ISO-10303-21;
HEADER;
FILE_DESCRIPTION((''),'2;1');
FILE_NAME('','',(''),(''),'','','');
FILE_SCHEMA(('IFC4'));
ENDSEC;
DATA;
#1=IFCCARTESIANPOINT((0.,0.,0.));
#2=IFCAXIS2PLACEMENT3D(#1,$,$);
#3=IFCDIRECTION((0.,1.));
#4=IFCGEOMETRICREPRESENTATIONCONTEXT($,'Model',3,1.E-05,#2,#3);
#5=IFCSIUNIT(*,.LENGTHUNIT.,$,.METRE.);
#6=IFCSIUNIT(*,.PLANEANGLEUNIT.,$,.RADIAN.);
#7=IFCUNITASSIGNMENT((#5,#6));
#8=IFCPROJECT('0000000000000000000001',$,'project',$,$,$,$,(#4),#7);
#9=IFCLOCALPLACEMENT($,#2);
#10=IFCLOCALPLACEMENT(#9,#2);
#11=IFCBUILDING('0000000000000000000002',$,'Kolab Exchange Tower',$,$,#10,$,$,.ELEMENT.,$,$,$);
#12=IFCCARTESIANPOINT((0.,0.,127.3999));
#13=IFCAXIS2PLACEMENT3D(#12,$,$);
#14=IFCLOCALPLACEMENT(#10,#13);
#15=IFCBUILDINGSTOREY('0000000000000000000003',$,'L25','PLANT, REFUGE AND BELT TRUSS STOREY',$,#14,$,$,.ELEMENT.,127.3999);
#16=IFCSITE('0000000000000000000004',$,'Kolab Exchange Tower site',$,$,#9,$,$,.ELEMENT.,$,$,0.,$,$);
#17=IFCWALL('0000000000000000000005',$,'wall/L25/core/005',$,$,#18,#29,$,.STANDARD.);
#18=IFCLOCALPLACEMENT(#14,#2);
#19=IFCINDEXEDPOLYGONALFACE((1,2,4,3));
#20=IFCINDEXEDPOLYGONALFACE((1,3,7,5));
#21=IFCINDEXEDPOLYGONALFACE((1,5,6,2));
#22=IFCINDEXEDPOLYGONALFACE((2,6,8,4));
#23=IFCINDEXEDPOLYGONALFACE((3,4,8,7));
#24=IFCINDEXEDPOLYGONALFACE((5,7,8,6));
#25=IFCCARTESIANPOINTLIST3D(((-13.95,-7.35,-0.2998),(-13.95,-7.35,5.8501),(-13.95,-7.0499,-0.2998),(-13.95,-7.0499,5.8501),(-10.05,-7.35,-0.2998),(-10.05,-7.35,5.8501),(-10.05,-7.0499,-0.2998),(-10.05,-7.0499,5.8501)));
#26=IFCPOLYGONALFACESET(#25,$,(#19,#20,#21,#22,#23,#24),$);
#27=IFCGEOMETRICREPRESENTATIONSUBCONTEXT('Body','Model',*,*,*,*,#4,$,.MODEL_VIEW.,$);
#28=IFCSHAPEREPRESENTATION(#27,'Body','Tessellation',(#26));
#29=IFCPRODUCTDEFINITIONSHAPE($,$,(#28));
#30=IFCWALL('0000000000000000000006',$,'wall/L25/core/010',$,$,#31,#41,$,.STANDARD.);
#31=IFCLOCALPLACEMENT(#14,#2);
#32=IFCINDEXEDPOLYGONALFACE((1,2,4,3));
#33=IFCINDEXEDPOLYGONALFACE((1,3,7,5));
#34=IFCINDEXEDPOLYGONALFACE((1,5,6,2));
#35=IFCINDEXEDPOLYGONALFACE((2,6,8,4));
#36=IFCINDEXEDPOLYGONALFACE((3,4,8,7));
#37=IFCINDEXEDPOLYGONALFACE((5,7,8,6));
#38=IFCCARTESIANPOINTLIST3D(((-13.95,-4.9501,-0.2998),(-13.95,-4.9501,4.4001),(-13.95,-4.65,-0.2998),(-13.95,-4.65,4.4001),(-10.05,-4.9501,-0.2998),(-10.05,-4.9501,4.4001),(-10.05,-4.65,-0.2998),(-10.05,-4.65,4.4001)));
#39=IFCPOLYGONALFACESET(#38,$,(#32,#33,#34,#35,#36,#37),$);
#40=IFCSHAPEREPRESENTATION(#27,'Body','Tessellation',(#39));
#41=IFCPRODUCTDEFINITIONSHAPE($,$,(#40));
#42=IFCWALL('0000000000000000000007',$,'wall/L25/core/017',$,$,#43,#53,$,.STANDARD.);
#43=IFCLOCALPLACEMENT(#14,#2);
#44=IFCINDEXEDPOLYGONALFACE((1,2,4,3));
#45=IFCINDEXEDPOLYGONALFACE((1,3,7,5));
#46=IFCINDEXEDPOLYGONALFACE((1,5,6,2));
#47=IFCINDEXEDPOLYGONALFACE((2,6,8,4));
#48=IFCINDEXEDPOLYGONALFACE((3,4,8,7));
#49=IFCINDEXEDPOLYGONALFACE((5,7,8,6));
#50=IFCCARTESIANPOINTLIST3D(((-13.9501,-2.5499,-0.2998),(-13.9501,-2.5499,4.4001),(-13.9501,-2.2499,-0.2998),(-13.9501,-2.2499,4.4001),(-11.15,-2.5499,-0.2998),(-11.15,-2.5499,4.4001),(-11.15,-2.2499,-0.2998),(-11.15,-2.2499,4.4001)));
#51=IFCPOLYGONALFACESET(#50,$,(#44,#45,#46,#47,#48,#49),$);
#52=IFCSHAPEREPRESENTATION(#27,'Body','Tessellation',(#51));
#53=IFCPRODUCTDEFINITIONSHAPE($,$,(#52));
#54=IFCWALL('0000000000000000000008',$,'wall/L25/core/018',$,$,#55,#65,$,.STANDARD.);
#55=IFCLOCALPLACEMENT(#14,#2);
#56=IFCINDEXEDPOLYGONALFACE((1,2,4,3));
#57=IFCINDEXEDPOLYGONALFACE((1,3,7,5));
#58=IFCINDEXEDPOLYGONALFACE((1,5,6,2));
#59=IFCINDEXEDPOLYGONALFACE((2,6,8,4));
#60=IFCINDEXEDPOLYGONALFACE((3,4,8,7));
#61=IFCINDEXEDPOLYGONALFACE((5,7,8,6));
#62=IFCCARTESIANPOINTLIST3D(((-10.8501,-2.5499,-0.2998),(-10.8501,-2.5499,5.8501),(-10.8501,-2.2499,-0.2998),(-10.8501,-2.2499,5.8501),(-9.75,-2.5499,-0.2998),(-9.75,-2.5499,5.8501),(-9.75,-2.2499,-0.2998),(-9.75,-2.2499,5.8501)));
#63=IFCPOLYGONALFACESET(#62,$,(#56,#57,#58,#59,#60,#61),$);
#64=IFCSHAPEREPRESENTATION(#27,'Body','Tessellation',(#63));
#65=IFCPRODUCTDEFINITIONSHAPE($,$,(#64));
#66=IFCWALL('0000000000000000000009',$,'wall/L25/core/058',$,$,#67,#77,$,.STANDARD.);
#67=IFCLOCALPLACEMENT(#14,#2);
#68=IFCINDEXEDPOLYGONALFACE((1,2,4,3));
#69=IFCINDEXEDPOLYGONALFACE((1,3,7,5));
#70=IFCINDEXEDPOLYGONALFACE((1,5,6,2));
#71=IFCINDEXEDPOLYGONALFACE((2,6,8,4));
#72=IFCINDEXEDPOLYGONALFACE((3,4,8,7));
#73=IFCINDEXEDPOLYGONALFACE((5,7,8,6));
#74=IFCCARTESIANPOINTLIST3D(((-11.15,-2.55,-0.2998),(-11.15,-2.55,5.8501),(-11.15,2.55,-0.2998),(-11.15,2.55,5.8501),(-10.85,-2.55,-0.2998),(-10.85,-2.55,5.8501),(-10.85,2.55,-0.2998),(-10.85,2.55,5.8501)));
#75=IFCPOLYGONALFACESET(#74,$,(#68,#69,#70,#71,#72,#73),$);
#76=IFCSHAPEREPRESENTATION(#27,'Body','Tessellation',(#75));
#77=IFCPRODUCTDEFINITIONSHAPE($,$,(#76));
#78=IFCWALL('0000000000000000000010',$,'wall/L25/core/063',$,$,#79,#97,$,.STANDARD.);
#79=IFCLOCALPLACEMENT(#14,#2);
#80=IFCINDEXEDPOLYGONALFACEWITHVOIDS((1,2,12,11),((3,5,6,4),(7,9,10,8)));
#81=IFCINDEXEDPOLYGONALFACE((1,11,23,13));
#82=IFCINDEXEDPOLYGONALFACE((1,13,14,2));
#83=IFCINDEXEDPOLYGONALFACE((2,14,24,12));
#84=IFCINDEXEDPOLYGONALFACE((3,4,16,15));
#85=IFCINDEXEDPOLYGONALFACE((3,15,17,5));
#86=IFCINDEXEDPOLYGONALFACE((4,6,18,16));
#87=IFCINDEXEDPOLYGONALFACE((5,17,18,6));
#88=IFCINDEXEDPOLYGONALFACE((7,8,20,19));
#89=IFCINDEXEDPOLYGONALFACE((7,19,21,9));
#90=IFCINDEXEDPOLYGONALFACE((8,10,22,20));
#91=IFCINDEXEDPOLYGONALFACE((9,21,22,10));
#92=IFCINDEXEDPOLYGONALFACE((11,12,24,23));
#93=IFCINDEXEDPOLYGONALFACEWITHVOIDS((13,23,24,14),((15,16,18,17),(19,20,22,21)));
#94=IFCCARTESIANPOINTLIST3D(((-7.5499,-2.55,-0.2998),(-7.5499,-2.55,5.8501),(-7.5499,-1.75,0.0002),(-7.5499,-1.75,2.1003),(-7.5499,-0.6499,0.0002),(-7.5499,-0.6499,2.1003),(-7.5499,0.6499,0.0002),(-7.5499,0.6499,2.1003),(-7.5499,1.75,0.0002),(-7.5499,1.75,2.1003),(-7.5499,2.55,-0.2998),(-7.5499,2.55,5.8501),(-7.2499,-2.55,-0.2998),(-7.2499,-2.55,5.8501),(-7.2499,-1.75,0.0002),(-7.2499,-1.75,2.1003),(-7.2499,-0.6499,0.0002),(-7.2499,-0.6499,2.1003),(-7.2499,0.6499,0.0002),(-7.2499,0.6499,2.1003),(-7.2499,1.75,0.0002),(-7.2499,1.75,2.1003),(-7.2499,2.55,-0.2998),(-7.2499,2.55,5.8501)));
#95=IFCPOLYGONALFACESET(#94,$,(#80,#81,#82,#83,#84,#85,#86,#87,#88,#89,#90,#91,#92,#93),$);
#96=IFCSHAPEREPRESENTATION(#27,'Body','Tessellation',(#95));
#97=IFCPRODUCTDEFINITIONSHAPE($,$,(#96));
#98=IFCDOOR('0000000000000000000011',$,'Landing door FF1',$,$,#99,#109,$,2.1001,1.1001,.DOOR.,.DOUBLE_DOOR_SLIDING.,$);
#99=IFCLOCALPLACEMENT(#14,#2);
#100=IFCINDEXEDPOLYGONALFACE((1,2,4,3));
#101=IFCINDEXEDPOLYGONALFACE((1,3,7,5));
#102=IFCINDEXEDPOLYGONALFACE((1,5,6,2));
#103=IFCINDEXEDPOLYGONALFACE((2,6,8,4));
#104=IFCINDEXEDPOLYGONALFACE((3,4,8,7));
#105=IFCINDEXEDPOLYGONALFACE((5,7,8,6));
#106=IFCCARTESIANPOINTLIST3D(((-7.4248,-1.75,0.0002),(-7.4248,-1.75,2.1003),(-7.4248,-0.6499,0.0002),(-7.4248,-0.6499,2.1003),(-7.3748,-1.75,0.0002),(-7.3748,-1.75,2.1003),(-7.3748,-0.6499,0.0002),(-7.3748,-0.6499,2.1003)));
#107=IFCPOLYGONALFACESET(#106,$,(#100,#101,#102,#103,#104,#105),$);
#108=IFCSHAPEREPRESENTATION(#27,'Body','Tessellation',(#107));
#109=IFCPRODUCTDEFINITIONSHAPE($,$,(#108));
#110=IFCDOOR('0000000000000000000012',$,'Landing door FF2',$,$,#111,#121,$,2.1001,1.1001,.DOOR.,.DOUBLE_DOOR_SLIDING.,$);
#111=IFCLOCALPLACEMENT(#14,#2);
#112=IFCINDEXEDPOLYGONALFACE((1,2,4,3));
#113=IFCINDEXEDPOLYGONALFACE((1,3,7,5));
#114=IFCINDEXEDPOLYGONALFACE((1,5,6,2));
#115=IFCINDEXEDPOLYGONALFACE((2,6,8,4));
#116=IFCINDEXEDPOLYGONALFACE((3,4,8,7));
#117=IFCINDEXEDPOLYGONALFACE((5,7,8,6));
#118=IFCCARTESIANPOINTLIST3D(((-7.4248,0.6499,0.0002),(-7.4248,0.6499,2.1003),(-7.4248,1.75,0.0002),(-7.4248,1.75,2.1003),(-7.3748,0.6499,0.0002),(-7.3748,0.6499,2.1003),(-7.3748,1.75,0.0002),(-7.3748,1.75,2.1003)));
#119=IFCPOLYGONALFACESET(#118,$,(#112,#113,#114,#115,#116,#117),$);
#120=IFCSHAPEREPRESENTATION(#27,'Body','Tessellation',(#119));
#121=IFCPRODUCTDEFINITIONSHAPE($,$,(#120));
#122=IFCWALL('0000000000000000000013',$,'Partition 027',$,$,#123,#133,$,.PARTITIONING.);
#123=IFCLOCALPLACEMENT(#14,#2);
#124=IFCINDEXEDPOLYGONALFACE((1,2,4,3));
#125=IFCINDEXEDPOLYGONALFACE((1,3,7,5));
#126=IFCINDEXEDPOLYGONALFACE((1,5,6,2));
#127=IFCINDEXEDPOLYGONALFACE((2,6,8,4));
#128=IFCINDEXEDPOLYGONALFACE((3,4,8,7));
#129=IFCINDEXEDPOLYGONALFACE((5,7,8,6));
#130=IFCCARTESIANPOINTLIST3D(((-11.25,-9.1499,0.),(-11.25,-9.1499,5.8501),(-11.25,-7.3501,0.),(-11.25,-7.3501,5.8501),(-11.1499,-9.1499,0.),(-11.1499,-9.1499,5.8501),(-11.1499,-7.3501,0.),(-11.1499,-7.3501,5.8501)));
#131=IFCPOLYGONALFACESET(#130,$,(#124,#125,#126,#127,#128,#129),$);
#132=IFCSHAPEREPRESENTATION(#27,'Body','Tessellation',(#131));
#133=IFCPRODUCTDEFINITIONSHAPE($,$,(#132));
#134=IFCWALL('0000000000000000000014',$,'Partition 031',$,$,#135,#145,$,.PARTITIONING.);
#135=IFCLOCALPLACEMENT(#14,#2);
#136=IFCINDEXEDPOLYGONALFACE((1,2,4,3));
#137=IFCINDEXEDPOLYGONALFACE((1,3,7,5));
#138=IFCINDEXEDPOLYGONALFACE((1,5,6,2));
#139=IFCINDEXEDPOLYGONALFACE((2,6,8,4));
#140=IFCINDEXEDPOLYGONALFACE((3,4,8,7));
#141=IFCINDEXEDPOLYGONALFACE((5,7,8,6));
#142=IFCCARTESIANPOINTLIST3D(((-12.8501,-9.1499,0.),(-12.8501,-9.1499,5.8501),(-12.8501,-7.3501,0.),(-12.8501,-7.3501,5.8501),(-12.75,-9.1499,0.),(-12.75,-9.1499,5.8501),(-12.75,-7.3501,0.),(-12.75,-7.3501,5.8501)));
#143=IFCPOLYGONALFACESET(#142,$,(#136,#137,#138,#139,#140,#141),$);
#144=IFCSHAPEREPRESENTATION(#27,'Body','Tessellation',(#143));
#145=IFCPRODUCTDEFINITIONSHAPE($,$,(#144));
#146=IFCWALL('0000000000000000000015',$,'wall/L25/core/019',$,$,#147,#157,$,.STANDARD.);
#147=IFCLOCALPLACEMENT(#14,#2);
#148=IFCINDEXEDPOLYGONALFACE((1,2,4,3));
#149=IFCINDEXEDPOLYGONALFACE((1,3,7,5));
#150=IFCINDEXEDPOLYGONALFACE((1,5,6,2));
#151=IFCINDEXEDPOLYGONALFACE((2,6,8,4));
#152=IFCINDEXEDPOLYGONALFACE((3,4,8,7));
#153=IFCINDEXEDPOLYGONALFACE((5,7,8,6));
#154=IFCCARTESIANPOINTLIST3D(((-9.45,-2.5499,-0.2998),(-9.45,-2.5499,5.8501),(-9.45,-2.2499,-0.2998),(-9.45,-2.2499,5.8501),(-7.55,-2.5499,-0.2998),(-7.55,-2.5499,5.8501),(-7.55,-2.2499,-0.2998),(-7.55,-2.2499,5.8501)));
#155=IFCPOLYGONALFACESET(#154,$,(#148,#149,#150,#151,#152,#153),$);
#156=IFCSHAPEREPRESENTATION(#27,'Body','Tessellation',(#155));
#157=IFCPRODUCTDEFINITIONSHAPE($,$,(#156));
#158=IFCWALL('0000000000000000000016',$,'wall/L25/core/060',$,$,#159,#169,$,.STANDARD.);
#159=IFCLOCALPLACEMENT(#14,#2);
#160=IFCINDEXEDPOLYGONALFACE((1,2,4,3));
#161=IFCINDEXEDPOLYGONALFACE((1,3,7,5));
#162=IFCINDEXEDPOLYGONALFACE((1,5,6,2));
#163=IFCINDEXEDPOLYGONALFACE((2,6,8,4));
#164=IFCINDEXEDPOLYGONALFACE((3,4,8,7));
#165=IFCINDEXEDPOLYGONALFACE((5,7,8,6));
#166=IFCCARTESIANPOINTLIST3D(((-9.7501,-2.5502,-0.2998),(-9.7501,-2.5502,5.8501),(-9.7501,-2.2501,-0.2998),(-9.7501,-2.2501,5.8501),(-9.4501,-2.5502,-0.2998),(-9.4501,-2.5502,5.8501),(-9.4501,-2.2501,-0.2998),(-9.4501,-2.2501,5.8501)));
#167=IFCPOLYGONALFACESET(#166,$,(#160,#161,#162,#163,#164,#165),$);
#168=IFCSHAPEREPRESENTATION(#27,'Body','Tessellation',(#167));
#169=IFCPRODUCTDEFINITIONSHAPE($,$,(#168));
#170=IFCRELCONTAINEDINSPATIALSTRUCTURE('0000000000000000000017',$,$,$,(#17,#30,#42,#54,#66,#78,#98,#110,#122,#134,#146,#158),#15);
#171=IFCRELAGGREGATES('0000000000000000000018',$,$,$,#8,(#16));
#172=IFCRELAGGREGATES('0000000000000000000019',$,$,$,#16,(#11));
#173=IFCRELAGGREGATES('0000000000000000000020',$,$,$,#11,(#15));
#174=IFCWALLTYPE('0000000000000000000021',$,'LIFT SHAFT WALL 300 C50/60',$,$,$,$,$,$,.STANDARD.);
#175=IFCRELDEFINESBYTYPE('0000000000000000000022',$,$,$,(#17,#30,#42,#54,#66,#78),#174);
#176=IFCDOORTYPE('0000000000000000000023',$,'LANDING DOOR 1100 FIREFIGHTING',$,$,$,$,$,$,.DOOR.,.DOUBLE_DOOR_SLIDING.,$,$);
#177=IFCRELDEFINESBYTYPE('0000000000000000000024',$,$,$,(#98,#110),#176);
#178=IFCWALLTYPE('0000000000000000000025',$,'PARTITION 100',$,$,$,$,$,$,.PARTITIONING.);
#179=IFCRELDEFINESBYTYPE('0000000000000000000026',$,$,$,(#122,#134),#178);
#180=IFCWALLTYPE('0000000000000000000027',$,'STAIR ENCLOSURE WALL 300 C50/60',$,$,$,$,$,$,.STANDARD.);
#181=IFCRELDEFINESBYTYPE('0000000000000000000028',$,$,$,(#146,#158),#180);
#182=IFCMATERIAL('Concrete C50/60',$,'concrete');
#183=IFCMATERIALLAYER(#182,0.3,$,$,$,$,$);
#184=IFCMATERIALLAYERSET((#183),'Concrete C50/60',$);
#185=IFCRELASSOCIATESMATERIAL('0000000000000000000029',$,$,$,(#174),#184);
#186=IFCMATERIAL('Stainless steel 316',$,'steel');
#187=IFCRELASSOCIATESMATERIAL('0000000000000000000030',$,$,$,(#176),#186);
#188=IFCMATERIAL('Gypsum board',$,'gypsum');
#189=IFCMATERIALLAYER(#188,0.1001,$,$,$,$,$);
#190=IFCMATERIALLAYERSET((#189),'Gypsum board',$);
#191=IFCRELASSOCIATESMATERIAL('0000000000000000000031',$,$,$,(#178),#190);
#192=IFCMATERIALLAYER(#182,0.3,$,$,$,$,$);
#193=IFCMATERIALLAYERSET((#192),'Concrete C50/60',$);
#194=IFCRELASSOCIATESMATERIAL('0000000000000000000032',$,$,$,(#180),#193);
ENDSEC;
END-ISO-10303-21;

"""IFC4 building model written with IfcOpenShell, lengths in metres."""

from ifc_helpers import new_model, si_unit, direction, frame, frame_2d, origin, place, context, subcontext, project, spatial, rectangle, extrude, material, layer, layer_set, type_object, element, fill, save


model = new_model("IFC4")

# Units and contexts
model_context = context("Model", 3, precision=1e-05, world=origin(), true_north=direction((0.0, 1.0)))
body_context = subcontext(model_context, "Body", "Model", "MODEL_VIEW")
ifc_project = project(units=[si_unit("LENGTHUNIT", "METRE"), si_unit("PLANEANGLEUNIT", "RADIAN")], contexts=[model_context])

# Site, building, storey
site_placement = place(None, origin())
site = spatial("IfcSite", under=ifc_project, at=site_placement, Name="Kolab Exchange Tower site", CompositionType="ELEMENT", RefElevation=0.0)
building_placement = place(site_placement, origin())
building = spatial("IfcBuilding", under=site, at=building_placement, Name="Kolab Exchange Tower", CompositionType="ELEMENT")
storey_placement = place(building_placement, frame((0.0, 0.0, 127.3999)))
storey = spatial("IfcBuildingStorey", under=building, at=storey_placement, Name="L25", Description="PLANT, REFUGE AND BELT TRUSS STOREY", CompositionType="ELEMENT", Elevation=127.3999)

# Walls
ifc_material_1 = material(Name="Concrete C50/60", Category="concrete")
ifc_layer_1 = layer(ifc_material_1, 0.3)
ifc_layer_set_1 = layer_set([ifc_layer_1], Name="Concrete C50/60")
wall_type_1 = type_object("IfcWallType", Name="LIFT SHAFT WALL 300 C50/60", PredefinedType="STANDARD", material=ifc_layer_set_1)
wall_1_placement = place(storey_placement, frame((-13.95, -7.2, -0.2998), z_axis=(0.0, 0.0, 1.0), x_axis=(1.0, 0.0, 0.0)))
element("IfcWall", 1, at=wall_1_placement, inside=storey, type_object=wall_type_1, Name="wall/L25/core/005", PredefinedType="STANDARD", context=body_context, shape_type="SweptSolid", body=[
    extrude(rectangle(XDim=3.8999, YDim=0.3, at=frame_2d((1.95, 0.0))), origin(), (0.0, 0.0, 1.0), 6.1499),
])
wall_2_placement = place(storey_placement, frame((-13.95, -4.8, -0.2998), z_axis=(0.0, 0.0, 1.0), x_axis=(1.0, 0.0, 0.0)))
element("IfcWall", 2, at=wall_2_placement, inside=storey, type_object=wall_type_1, Name="wall/L25/core/010", PredefinedType="STANDARD", context=body_context, shape_type="SweptSolid", body=[
    extrude(rectangle(XDim=3.8999, YDim=0.3, at=frame_2d((1.95, 0.0))), origin(), (0.0, 0.0, 1.0), 4.7),
])
wall_3_placement = place(storey_placement, frame((-13.95, -2.3999, -0.2998), z_axis=(0.0, 0.0, 1.0), x_axis=(1.0, 0.0, 0.0)))
element("IfcWall", 3, at=wall_3_placement, inside=storey, type_object=wall_type_1, Name="wall/L25/core/017", PredefinedType="STANDARD", context=body_context, shape_type="SweptSolid", body=[
    extrude(rectangle(XDim=2.8, YDim=0.3, at=frame_2d((1.3999, 0.0))), origin(), (0.0, 0.0, 1.0), 4.7),
])
wall_4_placement = place(storey_placement, frame((-10.8501, -2.3999, -0.2998), z_axis=(0.0, 0.0, 1.0), x_axis=(1.0, 0.0, 0.0)))
element("IfcWall", 4, at=wall_4_placement, inside=storey, type_object=wall_type_1, Name="wall/L25/core/018", PredefinedType="STANDARD", context=body_context, shape_type="SweptSolid", body=[
    extrude(rectangle(XDim=1.1001, YDim=0.3, at=frame_2d((0.55, 0.0))), origin(), (0.0, 0.0, 1.0), 6.1499),
])
wall_5_placement = place(storey_placement, frame((-11.0, -2.55, -0.2998), z_axis=(0.0, 0.0, 1.0), x_axis=(0.0, 1.0, 0.0)))
element("IfcWall", 5, at=wall_5_placement, inside=storey, type_object=wall_type_1, Name="wall/L25/core/058", PredefinedType="STANDARD", context=body_context, shape_type="SweptSolid", body=[
    extrude(rectangle(XDim=5.1001, YDim=0.3, at=frame_2d((2.55, 0.0))), origin(), (0.0, 0.0, 1.0), 6.1499),
])

# Wall, openings, doors
wall_6_placement = place(storey_placement, frame((-7.3999, -2.55, -0.2998), z_axis=(0.0, 0.0, 1.0), x_axis=(0.0, 1.0, 0.0)))
wall_6 = element("IfcWall", 6, at=wall_6_placement, inside=storey, type_object=wall_type_1, Name="wall/L25/core/063", PredefinedType="STANDARD", context=body_context, shape_type="SweptSolid", body=[
    extrude(rectangle(XDim=5.1001, YDim=0.3, at=frame_2d((2.55, 0.0))), origin(), (0.0, 0.0, 1.0), 6.1499),
])
opening_1_placement = place(wall_6_placement, frame((0.8, 0.0, 0.3)))
opening_1 = element("IfcOpeningElement", 7, at=opening_1_placement, cuts=wall_6, PredefinedType="OPENING", context=body_context, shape_type="SweptSolid", body=[
    extrude(rectangle(XDim=1.1001, YDim=2.1001, at=frame_2d((0.55, 1.05))), frame((0.0, 0.1602, 0.0), z_axis=(0.0, -1.0, 0.0), x_axis=(1.0, 0.0, 0.0)), (0.0, 0.0, 1.0), 0.3201),
])
opening_2_placement = place(wall_6_placement, frame((3.2, 0.0, 0.3)))
opening_2 = element("IfcOpeningElement", 8, at=opening_2_placement, cuts=wall_6, PredefinedType="OPENING", context=body_context, shape_type="SweptSolid", body=[
    extrude(rectangle(XDim=1.1001, YDim=2.1001, at=frame_2d((0.55, 1.05))), frame((0.0, 0.1602, 0.0), z_axis=(0.0, -1.0, 0.0), x_axis=(1.0, 0.0, 0.0)), (0.0, 0.0, 1.0), 0.3201),
])
ifc_material_2 = material(Name="Stainless steel 316", Category="steel")
door_type = type_object("IfcDoorType", Name="LANDING DOOR 1100 FIREFIGHTING", OperationType="DOUBLE_DOOR_SLIDING", PredefinedType="DOOR", material=ifc_material_2)
door_1_placement = place(opening_1_placement, origin())
door_1 = element("IfcDoor", 9, at=door_1_placement, inside=storey, type_object=door_type, Name="Landing door FF1", OperationType="DOUBLE_DOOR_SLIDING", OverallHeight=2.1001, OverallWidth=1.1001, PredefinedType="DOOR", context=body_context, shape_type="SweptSolid", body=[
    extrude(rectangle(XDim=1.1001, YDim=2.1001, at=frame_2d((0.55, 1.05))), frame((0.0, 0.0249, 0.0), z_axis=(0.0, -1.0, 0.0), x_axis=(1.0, 0.0, 0.0)), (0.0, 0.0, 1.0), 0.05),
])
fill(opening_1, door_1)
door_2_placement = place(opening_2_placement, origin())
door_2 = element("IfcDoor", 10, at=door_2_placement, inside=storey, type_object=door_type, Name="Landing door FF2", OperationType="DOUBLE_DOOR_SLIDING", OverallHeight=2.1001, OverallWidth=1.1001, PredefinedType="DOOR", context=body_context, shape_type="SweptSolid", body=[
    extrude(rectangle(XDim=1.1001, YDim=2.1001, at=frame_2d((0.55, 1.05))), frame((0.0, 0.0249, 0.0), z_axis=(0.0, -1.0, 0.0), x_axis=(1.0, 0.0, 0.0)), (0.0, 0.0, 1.0), 0.05),
])
fill(opening_2, door_2)

# Walls
ifc_material_3 = material(Name="Gypsum board", Category="gypsum")
ifc_layer_2 = layer(ifc_material_3, 0.1001)
ifc_layer_set_2 = layer_set([ifc_layer_2], Name="Gypsum board")
wall_type_2 = type_object("IfcWallType", Name="PARTITION 100", PredefinedType="PARTITIONING", material=ifc_layer_set_2)
for number, where, z_axis, x_axis, name in (
    (11, (-11.2, -9.1499, 0.0), (0.0, 0.0, 1.0), (0.0, 1.0, 0.0), "Partition 027"),
    (12, (-12.8, -9.1499, 0.0), (0.0, 0.0, 1.0), (0.0, 1.0, 0.0), "Partition 031"),
):
    element("IfcWall", number, at=place(storey_placement, frame(where, z_axis=z_axis, x_axis=x_axis)), inside=storey, type_object=wall_type_2, Name=name, PredefinedType="PARTITIONING", context=body_context, shape_type="SweptSolid", body=[
        extrude(rectangle(XDim=1.7998, YDim=0.1001, at=frame_2d((0.8999, 0.0))), origin(), (0.0, 0.0, 1.0), 5.8501),
    ])
ifc_layer_3 = layer(ifc_material_1, 0.3)
ifc_layer_set_3 = layer_set([ifc_layer_3], Name="Concrete C50/60")
wall_type_3 = type_object("IfcWallType", Name="STAIR ENCLOSURE WALL 300 C50/60", PredefinedType="STANDARD", material=ifc_layer_set_3)
wall_7_placement = place(storey_placement, frame((-9.45, -2.3999, -0.2998), z_axis=(0.0, 0.0, 1.0), x_axis=(1.0, 0.0, 0.0)))
element("IfcWall", 13, at=wall_7_placement, inside=storey, type_object=wall_type_3, Name="wall/L25/core/019", PredefinedType="STANDARD", context=body_context, shape_type="SweptSolid", body=[
    extrude(rectangle(XDim=1.8999, YDim=0.3, at=frame_2d((0.95, 0.0))), origin(), (0.0, 0.0, 1.0), 6.1499),
])
wall_8_placement = place(storey_placement, frame((-9.6001, -2.55, -0.2998), z_axis=(0.0, 0.0, 1.0), x_axis=(0.0, 1.0, 0.0)))
element("IfcWall", 14, at=wall_8_placement, inside=storey, type_object=wall_type_3, Name="wall/L25/core/060", PredefinedType="STANDARD", context=body_context, shape_type="SweptSolid", body=[
    extrude(rectangle(XDim=0.3, YDim=0.3, at=frame_2d((0.1499, 0.0))), origin(), (0.0, 0.0, 1.0), 6.1499),
])

save(model, "model.ifc")
